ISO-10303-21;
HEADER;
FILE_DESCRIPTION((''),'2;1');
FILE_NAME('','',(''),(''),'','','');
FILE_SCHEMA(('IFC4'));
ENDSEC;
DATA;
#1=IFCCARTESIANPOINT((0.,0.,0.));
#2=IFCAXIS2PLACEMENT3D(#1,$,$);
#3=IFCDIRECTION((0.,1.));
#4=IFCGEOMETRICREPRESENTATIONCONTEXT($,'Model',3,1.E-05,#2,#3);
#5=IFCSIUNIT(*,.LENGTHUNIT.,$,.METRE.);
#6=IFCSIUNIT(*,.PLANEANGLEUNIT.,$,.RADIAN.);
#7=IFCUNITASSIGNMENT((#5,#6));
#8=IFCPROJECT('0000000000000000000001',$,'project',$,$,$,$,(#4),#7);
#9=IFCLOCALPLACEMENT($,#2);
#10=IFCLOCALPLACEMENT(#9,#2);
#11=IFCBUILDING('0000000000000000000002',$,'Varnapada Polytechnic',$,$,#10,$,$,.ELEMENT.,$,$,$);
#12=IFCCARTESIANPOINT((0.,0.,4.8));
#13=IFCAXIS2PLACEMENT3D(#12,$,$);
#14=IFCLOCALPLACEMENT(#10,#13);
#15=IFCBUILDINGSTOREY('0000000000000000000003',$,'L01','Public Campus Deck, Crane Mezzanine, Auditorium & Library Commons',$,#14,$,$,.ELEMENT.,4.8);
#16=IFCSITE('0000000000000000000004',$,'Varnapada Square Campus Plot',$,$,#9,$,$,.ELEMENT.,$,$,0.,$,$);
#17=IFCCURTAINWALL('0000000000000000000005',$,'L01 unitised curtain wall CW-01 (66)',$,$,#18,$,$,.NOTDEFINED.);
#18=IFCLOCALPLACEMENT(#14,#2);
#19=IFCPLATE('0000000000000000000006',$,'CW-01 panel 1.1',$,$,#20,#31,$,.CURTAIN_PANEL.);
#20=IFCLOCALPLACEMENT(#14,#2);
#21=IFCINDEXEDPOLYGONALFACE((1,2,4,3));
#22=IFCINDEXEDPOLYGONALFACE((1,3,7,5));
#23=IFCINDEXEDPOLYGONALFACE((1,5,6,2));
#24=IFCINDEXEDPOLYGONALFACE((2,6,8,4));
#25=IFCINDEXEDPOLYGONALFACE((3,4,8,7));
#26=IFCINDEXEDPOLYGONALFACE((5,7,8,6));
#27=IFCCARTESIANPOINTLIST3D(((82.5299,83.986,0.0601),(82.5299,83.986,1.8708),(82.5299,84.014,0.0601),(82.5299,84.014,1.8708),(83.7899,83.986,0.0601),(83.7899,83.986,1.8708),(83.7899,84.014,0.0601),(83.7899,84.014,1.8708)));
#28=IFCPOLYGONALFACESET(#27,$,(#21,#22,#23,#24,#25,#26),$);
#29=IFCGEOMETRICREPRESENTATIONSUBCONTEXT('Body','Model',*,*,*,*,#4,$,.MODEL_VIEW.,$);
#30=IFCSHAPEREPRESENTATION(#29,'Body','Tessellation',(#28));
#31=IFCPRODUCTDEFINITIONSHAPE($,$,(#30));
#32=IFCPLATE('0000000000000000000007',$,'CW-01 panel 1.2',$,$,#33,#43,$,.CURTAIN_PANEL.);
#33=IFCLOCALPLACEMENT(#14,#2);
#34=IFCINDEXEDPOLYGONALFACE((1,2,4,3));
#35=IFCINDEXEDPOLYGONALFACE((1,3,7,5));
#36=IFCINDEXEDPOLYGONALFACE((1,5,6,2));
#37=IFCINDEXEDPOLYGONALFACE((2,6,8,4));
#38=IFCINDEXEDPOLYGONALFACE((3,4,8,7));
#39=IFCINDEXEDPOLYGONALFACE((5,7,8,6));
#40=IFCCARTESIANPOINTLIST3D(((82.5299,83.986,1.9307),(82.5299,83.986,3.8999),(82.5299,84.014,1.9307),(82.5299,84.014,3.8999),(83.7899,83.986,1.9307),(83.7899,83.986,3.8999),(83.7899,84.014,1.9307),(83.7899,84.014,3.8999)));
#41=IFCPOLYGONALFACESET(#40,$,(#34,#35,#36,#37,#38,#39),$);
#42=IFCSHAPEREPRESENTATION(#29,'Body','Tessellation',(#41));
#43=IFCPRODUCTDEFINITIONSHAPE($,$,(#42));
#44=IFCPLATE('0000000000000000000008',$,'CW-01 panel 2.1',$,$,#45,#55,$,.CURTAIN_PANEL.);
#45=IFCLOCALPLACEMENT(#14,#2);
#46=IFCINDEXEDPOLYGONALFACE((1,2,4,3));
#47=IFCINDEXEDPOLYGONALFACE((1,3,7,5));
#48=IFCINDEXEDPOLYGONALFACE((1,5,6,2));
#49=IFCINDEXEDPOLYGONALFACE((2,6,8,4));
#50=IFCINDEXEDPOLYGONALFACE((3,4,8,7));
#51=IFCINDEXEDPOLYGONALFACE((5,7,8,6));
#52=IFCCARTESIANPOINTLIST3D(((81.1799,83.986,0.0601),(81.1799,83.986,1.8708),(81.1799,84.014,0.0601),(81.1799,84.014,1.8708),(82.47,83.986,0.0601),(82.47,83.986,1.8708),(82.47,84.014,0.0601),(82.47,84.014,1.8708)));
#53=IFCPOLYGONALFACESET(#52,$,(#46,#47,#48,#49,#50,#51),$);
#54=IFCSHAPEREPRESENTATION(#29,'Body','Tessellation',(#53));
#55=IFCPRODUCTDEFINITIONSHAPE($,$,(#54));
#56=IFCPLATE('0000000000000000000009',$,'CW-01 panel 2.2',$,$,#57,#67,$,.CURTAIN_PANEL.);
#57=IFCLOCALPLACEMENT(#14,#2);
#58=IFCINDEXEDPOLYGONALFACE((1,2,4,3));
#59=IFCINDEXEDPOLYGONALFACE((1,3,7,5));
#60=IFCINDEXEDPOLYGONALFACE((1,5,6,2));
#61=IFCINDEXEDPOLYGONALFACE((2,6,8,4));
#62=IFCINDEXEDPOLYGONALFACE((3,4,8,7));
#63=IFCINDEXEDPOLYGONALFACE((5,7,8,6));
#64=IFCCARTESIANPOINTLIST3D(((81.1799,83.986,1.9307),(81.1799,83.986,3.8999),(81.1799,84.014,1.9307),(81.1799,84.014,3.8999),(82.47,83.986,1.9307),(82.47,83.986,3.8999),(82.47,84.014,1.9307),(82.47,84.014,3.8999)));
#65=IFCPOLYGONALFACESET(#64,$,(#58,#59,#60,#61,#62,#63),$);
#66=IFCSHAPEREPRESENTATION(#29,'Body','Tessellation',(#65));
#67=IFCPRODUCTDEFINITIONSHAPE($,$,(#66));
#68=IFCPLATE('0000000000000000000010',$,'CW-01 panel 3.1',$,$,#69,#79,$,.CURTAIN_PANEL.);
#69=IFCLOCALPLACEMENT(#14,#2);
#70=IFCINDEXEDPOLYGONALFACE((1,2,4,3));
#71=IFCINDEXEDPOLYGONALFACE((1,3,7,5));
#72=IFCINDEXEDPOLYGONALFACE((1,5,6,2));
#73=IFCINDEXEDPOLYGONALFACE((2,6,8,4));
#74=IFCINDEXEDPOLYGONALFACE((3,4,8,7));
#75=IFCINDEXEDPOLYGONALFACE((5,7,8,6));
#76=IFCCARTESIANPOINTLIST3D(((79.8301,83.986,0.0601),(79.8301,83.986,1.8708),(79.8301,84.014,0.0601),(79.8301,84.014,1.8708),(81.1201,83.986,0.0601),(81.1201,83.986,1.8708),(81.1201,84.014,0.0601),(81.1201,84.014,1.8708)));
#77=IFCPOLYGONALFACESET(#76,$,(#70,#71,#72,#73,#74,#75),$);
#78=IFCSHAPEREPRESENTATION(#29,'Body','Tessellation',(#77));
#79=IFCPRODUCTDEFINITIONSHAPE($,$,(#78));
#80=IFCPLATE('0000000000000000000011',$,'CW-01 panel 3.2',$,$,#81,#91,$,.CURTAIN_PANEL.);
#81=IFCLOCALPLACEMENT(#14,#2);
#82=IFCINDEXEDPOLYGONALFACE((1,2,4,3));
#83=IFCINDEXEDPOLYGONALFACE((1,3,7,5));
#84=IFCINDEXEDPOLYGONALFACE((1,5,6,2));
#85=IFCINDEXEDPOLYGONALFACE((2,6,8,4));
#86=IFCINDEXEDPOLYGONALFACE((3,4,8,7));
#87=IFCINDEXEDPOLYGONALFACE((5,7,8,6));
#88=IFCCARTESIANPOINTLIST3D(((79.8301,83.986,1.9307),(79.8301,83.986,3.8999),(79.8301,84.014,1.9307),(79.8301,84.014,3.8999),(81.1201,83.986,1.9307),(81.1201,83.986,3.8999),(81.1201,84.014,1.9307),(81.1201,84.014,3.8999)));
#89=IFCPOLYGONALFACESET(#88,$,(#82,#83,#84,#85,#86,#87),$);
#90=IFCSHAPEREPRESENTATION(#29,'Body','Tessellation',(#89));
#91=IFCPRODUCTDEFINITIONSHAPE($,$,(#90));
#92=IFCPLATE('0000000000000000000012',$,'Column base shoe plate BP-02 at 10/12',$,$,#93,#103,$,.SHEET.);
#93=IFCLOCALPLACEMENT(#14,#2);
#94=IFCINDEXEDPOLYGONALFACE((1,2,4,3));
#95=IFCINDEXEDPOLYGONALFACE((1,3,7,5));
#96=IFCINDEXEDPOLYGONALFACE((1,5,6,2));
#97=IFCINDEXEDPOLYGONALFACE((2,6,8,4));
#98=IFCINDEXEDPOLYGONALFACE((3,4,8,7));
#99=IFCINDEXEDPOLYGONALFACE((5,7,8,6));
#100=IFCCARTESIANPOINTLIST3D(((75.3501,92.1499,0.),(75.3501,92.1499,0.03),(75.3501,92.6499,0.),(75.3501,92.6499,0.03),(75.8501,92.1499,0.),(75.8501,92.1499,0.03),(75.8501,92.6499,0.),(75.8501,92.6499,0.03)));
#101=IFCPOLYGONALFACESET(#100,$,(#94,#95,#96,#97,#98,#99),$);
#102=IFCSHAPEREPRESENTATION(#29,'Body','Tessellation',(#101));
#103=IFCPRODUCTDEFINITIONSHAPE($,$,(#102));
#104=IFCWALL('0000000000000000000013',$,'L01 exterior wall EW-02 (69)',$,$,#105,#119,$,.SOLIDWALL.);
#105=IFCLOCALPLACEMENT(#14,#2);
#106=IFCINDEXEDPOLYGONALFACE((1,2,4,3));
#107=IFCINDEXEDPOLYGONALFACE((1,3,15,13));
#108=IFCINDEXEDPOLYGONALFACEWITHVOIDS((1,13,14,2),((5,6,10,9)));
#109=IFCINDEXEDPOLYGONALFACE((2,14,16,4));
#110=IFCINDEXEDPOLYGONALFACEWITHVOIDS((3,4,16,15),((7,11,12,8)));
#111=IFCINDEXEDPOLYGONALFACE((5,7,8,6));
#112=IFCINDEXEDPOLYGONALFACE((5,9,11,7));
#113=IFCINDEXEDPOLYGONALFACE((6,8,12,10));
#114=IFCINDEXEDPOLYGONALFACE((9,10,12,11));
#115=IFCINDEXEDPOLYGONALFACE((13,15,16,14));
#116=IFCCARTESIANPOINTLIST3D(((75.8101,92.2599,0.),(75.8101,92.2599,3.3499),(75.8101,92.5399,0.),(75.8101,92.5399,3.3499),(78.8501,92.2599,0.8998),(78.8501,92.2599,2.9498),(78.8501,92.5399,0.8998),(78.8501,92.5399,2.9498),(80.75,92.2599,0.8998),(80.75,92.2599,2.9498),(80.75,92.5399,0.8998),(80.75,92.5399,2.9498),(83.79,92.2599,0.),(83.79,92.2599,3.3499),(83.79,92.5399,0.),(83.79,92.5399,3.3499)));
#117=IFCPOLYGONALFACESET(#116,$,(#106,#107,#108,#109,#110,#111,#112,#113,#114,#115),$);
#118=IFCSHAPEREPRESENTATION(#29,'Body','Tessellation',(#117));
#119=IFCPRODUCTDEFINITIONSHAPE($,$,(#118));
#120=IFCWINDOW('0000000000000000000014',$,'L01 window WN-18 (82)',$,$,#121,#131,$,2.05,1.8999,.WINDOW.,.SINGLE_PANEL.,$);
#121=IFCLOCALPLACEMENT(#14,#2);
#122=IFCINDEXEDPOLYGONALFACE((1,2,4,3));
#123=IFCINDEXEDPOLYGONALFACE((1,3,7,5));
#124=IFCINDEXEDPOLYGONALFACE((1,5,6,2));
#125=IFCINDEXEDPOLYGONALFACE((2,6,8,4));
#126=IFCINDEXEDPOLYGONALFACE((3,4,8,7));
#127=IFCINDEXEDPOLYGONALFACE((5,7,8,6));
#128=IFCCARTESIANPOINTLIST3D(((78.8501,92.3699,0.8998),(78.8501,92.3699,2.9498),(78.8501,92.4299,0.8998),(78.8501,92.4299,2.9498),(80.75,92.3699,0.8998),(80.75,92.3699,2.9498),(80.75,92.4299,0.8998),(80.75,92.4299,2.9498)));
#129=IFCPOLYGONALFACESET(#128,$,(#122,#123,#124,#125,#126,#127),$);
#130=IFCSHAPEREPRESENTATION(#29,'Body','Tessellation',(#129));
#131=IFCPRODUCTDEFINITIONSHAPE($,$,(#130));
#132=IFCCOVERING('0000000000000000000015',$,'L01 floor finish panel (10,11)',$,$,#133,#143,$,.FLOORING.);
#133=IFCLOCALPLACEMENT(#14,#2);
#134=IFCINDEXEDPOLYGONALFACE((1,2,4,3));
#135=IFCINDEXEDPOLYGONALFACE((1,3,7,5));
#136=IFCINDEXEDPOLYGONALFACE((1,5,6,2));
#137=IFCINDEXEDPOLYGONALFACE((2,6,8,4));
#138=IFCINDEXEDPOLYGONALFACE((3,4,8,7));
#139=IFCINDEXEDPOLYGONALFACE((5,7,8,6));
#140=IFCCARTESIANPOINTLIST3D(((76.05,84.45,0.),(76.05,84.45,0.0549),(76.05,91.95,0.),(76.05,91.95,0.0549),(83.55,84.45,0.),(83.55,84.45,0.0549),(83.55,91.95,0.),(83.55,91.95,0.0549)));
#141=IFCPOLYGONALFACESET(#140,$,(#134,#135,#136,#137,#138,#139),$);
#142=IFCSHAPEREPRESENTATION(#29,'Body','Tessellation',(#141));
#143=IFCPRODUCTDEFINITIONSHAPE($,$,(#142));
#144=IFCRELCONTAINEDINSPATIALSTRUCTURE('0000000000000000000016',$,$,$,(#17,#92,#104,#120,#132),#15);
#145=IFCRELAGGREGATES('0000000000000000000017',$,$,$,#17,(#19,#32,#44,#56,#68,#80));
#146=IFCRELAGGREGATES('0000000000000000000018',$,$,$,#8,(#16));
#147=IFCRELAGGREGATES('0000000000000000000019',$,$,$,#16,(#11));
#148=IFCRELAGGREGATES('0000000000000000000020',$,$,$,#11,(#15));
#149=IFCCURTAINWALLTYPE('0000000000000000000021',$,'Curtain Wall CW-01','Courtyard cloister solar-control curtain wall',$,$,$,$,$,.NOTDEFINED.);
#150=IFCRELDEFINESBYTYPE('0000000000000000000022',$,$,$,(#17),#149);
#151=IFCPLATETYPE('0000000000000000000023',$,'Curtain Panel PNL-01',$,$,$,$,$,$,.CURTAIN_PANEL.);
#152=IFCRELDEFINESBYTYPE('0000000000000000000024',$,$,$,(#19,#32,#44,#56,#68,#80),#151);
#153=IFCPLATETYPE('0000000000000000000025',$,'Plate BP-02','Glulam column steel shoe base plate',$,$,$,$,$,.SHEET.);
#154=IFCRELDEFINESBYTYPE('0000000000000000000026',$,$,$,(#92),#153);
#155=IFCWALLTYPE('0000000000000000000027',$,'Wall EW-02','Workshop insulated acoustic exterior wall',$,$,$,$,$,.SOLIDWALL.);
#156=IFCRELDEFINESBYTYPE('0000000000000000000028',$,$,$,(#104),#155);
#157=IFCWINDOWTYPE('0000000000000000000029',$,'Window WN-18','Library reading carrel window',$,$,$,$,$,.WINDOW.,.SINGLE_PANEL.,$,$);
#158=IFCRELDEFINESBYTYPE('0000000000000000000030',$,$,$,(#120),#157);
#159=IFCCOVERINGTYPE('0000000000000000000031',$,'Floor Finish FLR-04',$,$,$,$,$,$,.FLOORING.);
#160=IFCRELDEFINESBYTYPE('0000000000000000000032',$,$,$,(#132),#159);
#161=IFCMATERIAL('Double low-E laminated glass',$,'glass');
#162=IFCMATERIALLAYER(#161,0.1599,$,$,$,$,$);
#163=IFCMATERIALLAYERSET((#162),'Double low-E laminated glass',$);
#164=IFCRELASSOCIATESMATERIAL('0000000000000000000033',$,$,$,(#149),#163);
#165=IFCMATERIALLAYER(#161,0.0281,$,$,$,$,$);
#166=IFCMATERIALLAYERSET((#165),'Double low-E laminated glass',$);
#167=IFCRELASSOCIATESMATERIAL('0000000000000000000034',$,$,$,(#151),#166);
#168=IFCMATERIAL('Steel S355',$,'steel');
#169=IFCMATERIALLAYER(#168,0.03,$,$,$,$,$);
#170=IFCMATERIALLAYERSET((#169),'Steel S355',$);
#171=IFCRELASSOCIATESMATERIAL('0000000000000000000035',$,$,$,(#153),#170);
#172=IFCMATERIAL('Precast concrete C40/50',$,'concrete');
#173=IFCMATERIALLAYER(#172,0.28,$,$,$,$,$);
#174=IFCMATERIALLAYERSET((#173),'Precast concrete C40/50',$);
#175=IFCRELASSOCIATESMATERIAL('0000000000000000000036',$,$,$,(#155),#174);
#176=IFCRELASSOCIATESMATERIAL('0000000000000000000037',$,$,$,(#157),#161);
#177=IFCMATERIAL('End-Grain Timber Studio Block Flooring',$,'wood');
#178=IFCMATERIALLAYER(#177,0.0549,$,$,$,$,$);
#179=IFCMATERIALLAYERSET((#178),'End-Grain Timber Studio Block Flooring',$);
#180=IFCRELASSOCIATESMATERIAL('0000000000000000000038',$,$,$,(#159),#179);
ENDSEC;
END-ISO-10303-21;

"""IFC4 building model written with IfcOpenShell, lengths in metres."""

from ifc_helpers import new_model, si_unit, direction, frame, frame_2d, origin, origin_2d, place, context, subcontext, project, spatial, rectangle, extrude, material, layer, layer_set, type_object, element, fill, aggregate, save


model = new_model("IFC4")

# Units and contexts
model_context = context("Model", 3, precision=1e-05, world=origin(), true_north=direction((0.0, 1.0)))
body_context = subcontext(model_context, "Body", "Model", "MODEL_VIEW")
ifc_project = project(units=[si_unit("LENGTHUNIT", "METRE"), si_unit("PLANEANGLEUNIT", "RADIAN")], contexts=[model_context])

# Site, building, storey
site_placement = place(None, origin())
site = spatial("IfcSite", under=ifc_project, at=site_placement, Name="Varnapada Square Campus Plot", CompositionType="ELEMENT", RefElevation=0.0)
building_placement = place(site_placement, origin())
building = spatial("IfcBuilding", under=site, at=building_placement, Name="Varnapada Polytechnic", CompositionType="ELEMENT")
storey_placement = place(building_placement, frame((0.0, 0.0, 4.8)))
storey = spatial("IfcBuildingStorey", under=building, at=storey_placement, Name="L01", Description="Public Campus Deck, Crane Mezzanine, Auditorium & Library Commons", CompositionType="ELEMENT", Elevation=4.8)

# Shared definitions
ifc_material_1 = material(Name="Steel S355", Category="steel")

# Curtain wall
ifc_material_2 = material(Name="Double low-E laminated glass", Category="glass")
ifc_layer_1 = layer(ifc_material_2, 0.1599)
ifc_layer_set_1 = layer_set([ifc_layer_1], Name="Double low-E laminated glass")
curtain_wall_type = type_object("IfcCurtainWallType", Name="Curtain Wall CW-01", Description="Courtyard cloister solar-control curtain wall", PredefinedType="NOTDEFINED", material=ifc_layer_set_1)
curtain_wall_placement = place(storey_placement, origin())
curtain_wall = element("IfcCurtainWall", 1, at=curtain_wall_placement, inside=storey, type_object=curtain_wall_type, Name="L01 unitised curtain wall CW-01 (66)", PredefinedType="NOTDEFINED")

# Plates
ifc_layer_2 = layer(ifc_material_2, 0.0281)
ifc_layer_set_2 = layer_set([ifc_layer_2], Name="Double low-E laminated glass")
plate_type_1 = type_object("IfcPlateType", Name="Curtain Panel PNL-01", PredefinedType="CURTAIN_PANEL", material=ifc_layer_set_2)
plate_1_placement = place(storey_placement, frame((83.1599, 84.0, 0.0601), z_axis=(0.0, 0.0, 1.0), x_axis=(-1.0, 0.0, 0.0)))
plate_1 = element("IfcPlate", 2, at=plate_1_placement, type_object=plate_type_1, Name="CW-01 panel 1.1", PredefinedType="CURTAIN_PANEL", context=body_context, shape_type="SweptSolid", body=[
    extrude(rectangle(XDim=1.26, YDim=0.0281, at=origin_2d()), origin(), (0.0, 0.0, 1.0), 1.8108),
])
plate_2_placement = place(storey_placement, frame((83.1599, 84.0, 1.9307), z_axis=(0.0, 0.0, 1.0), x_axis=(-1.0, 0.0, 0.0)))
plate_2 = element("IfcPlate", 3, at=plate_2_placement, type_object=plate_type_1, Name="CW-01 panel 1.2", PredefinedType="CURTAIN_PANEL", context=body_context, shape_type="SweptSolid", body=[
    extrude(rectangle(XDim=1.26, YDim=0.0281, at=origin_2d()), origin(), (0.0, 0.0, 1.0), 1.9692),
])
plate_3_placement = place(storey_placement, frame((81.825, 84.0, 0.0601), z_axis=(0.0, 0.0, 1.0), x_axis=(-1.0, 0.0, 0.0)))
plate_3 = element("IfcPlate", 4, at=plate_3_placement, type_object=plate_type_1, Name="CW-01 panel 2.1", PredefinedType="CURTAIN_PANEL", context=body_context, shape_type="SweptSolid", body=[
    extrude(rectangle(XDim=1.29, YDim=0.0281, at=origin_2d()), origin(), (0.0, 0.0, 1.0), 1.8108),
])
plate_4_placement = place(storey_placement, frame((81.825, 84.0, 1.9307), z_axis=(0.0, 0.0, 1.0), x_axis=(-1.0, 0.0, 0.0)))
plate_4 = element("IfcPlate", 5, at=plate_4_placement, type_object=plate_type_1, Name="CW-01 panel 2.2", PredefinedType="CURTAIN_PANEL", context=body_context, shape_type="SweptSolid", body=[
    extrude(rectangle(XDim=1.29, YDim=0.0281, at=origin_2d()), origin(), (0.0, 0.0, 1.0), 1.9692),
])
plate_5_placement = place(storey_placement, frame((80.4751, 84.0, 0.0601), z_axis=(0.0, 0.0, 1.0), x_axis=(-1.0, 0.0, 0.0)))
plate_5 = element("IfcPlate", 6, at=plate_5_placement, type_object=plate_type_1, Name="CW-01 panel 3.1", PredefinedType="CURTAIN_PANEL", context=body_context, shape_type="SweptSolid", body=[
    extrude(rectangle(XDim=1.29, YDim=0.0281, at=origin_2d()), origin(), (0.0, 0.0, 1.0), 1.8108),
])
plate_6_placement = place(storey_placement, frame((80.4751, 84.0, 1.9307), z_axis=(0.0, 0.0, 1.0), x_axis=(-1.0, 0.0, 0.0)))
plate_6 = element("IfcPlate", 7, at=plate_6_placement, type_object=plate_type_1, Name="CW-01 panel 3.2", PredefinedType="CURTAIN_PANEL", context=body_context, shape_type="SweptSolid", body=[
    extrude(rectangle(XDim=1.29, YDim=0.0281, at=origin_2d()), origin(), (0.0, 0.0, 1.0), 1.9692),
])
aggregate(curtain_wall, [plate_1, plate_2, plate_3, plate_4, plate_5, plate_6])
ifc_layer_3 = layer(ifc_material_1, 0.03)
ifc_layer_set_3 = layer_set([ifc_layer_3], Name="Steel S355")
plate_type_2 = type_object("IfcPlateType", Name="Plate BP-02", Description="Glulam column steel shoe base plate", PredefinedType="SHEET", material=ifc_layer_set_3)
plate_7_placement = place(storey_placement, frame((75.6001, 92.3999, 0.0), z_axis=(0.0, 0.0, 1.0), x_axis=(1.0, 0.0, 0.0)))
element("IfcPlate", 8, at=plate_7_placement, inside=storey, type_object=plate_type_2, Name="Column base shoe plate BP-02 at 10/12", PredefinedType="SHEET", context=body_context, shape_type="SweptSolid", body=[
    extrude(rectangle(XDim=0.5, YDim=0.5, at=origin_2d()), origin(), (0.0, 0.0, 1.0), 0.03),
])

# Wall, opening, window
ifc_material_3 = material(Name="Precast concrete C40/50", Category="concrete")
ifc_layer_4 = layer(ifc_material_3, 0.28)
ifc_layer_set_4 = layer_set([ifc_layer_4], Name="Precast concrete C40/50")
wall_type = type_object("IfcWallType", Name="Wall EW-02", Description="Workshop insulated acoustic exterior wall", PredefinedType="SOLIDWALL", material=ifc_layer_set_4)
wall_placement = place(storey_placement, frame((75.8101, 92.3999, 0.0), z_axis=(0.0, 0.0, 1.0), x_axis=(1.0, 0.0, 0.0)))
wall = element("IfcWall", 9, at=wall_placement, inside=storey, type_object=wall_type, Name="L01 exterior wall EW-02 (69)", PredefinedType="SOLIDWALL", context=body_context, shape_type="SweptSolid", body=[
    extrude(rectangle(XDim=7.98, YDim=0.28, at=frame_2d((3.99, 0.0))), origin(), (0.0, 0.0, 1.0), 3.3499),
])
opening_placement = place(wall_placement, frame((3.04, 0.0, 0.8999)))
opening = element("IfcOpeningElement", 10, at=opening_placement, cuts=wall, PredefinedType="OPENING", context=body_context, shape_type="SweptSolid", body=[
    extrude(rectangle(XDim=1.8999, YDim=2.05, at=frame_2d((0.95, 1.0249))), frame((0.0, 0.1499, 0.0), z_axis=(0.0, -1.0, 0.0), x_axis=(1.0, 0.0, 0.0)), (0.0, 0.0, 1.0), 0.3),
])
window_type = type_object("IfcWindowType", Name="Window WN-18", Description="Library reading carrel window", PartitioningType="SINGLE_PANEL", PredefinedType="WINDOW", material=ifc_material_2)
window_placement = place(opening_placement, origin())
window = element("IfcWindow", 11, at=window_placement, inside=storey, type_object=window_type, Name="L01 window WN-18 (82)", OverallHeight=2.05, OverallWidth=1.8999, PartitioningType="SINGLE_PANEL", PredefinedType="WINDOW", context=body_context, shape_type="SweptSolid", body=[
    extrude(rectangle(XDim=1.8999, YDim=2.05, at=frame_2d((0.95, 1.0249))), frame((0.0, 0.03, 0.0), z_axis=(0.0, -1.0, 0.0), x_axis=(1.0, 0.0, 0.0)), (0.0, 0.0, 1.0), 0.0601),
])
fill(opening, window)

# Covering
ifc_material_4 = material(Name="End-Grain Timber Studio Block Flooring", Category="wood")
ifc_layer_5 = layer(ifc_material_4, 0.0549)
ifc_layer_set_5 = layer_set([ifc_layer_5], Name="End-Grain Timber Studio Block Flooring")
covering_type = type_object("IfcCoveringType", Name="Floor Finish FLR-04", PredefinedType="FLOORING", material=ifc_layer_set_5)
covering_placement = place(storey_placement, frame((79.8, 88.2, 0.0), z_axis=(0.0, 0.0, 1.0), x_axis=(1.0, 0.0, 0.0)))
element("IfcCovering", 12, at=covering_placement, inside=storey, type_object=covering_type, Name="L01 floor finish panel (10,11)", PredefinedType="FLOORING", context=body_context, shape_type="SweptSolid", body=[
    extrude(rectangle(XDim=7.5, YDim=7.5, at=origin_2d()), origin(), (0.0, 0.0, 1.0), 0.0549),
])

save(model, "model.ifc")
